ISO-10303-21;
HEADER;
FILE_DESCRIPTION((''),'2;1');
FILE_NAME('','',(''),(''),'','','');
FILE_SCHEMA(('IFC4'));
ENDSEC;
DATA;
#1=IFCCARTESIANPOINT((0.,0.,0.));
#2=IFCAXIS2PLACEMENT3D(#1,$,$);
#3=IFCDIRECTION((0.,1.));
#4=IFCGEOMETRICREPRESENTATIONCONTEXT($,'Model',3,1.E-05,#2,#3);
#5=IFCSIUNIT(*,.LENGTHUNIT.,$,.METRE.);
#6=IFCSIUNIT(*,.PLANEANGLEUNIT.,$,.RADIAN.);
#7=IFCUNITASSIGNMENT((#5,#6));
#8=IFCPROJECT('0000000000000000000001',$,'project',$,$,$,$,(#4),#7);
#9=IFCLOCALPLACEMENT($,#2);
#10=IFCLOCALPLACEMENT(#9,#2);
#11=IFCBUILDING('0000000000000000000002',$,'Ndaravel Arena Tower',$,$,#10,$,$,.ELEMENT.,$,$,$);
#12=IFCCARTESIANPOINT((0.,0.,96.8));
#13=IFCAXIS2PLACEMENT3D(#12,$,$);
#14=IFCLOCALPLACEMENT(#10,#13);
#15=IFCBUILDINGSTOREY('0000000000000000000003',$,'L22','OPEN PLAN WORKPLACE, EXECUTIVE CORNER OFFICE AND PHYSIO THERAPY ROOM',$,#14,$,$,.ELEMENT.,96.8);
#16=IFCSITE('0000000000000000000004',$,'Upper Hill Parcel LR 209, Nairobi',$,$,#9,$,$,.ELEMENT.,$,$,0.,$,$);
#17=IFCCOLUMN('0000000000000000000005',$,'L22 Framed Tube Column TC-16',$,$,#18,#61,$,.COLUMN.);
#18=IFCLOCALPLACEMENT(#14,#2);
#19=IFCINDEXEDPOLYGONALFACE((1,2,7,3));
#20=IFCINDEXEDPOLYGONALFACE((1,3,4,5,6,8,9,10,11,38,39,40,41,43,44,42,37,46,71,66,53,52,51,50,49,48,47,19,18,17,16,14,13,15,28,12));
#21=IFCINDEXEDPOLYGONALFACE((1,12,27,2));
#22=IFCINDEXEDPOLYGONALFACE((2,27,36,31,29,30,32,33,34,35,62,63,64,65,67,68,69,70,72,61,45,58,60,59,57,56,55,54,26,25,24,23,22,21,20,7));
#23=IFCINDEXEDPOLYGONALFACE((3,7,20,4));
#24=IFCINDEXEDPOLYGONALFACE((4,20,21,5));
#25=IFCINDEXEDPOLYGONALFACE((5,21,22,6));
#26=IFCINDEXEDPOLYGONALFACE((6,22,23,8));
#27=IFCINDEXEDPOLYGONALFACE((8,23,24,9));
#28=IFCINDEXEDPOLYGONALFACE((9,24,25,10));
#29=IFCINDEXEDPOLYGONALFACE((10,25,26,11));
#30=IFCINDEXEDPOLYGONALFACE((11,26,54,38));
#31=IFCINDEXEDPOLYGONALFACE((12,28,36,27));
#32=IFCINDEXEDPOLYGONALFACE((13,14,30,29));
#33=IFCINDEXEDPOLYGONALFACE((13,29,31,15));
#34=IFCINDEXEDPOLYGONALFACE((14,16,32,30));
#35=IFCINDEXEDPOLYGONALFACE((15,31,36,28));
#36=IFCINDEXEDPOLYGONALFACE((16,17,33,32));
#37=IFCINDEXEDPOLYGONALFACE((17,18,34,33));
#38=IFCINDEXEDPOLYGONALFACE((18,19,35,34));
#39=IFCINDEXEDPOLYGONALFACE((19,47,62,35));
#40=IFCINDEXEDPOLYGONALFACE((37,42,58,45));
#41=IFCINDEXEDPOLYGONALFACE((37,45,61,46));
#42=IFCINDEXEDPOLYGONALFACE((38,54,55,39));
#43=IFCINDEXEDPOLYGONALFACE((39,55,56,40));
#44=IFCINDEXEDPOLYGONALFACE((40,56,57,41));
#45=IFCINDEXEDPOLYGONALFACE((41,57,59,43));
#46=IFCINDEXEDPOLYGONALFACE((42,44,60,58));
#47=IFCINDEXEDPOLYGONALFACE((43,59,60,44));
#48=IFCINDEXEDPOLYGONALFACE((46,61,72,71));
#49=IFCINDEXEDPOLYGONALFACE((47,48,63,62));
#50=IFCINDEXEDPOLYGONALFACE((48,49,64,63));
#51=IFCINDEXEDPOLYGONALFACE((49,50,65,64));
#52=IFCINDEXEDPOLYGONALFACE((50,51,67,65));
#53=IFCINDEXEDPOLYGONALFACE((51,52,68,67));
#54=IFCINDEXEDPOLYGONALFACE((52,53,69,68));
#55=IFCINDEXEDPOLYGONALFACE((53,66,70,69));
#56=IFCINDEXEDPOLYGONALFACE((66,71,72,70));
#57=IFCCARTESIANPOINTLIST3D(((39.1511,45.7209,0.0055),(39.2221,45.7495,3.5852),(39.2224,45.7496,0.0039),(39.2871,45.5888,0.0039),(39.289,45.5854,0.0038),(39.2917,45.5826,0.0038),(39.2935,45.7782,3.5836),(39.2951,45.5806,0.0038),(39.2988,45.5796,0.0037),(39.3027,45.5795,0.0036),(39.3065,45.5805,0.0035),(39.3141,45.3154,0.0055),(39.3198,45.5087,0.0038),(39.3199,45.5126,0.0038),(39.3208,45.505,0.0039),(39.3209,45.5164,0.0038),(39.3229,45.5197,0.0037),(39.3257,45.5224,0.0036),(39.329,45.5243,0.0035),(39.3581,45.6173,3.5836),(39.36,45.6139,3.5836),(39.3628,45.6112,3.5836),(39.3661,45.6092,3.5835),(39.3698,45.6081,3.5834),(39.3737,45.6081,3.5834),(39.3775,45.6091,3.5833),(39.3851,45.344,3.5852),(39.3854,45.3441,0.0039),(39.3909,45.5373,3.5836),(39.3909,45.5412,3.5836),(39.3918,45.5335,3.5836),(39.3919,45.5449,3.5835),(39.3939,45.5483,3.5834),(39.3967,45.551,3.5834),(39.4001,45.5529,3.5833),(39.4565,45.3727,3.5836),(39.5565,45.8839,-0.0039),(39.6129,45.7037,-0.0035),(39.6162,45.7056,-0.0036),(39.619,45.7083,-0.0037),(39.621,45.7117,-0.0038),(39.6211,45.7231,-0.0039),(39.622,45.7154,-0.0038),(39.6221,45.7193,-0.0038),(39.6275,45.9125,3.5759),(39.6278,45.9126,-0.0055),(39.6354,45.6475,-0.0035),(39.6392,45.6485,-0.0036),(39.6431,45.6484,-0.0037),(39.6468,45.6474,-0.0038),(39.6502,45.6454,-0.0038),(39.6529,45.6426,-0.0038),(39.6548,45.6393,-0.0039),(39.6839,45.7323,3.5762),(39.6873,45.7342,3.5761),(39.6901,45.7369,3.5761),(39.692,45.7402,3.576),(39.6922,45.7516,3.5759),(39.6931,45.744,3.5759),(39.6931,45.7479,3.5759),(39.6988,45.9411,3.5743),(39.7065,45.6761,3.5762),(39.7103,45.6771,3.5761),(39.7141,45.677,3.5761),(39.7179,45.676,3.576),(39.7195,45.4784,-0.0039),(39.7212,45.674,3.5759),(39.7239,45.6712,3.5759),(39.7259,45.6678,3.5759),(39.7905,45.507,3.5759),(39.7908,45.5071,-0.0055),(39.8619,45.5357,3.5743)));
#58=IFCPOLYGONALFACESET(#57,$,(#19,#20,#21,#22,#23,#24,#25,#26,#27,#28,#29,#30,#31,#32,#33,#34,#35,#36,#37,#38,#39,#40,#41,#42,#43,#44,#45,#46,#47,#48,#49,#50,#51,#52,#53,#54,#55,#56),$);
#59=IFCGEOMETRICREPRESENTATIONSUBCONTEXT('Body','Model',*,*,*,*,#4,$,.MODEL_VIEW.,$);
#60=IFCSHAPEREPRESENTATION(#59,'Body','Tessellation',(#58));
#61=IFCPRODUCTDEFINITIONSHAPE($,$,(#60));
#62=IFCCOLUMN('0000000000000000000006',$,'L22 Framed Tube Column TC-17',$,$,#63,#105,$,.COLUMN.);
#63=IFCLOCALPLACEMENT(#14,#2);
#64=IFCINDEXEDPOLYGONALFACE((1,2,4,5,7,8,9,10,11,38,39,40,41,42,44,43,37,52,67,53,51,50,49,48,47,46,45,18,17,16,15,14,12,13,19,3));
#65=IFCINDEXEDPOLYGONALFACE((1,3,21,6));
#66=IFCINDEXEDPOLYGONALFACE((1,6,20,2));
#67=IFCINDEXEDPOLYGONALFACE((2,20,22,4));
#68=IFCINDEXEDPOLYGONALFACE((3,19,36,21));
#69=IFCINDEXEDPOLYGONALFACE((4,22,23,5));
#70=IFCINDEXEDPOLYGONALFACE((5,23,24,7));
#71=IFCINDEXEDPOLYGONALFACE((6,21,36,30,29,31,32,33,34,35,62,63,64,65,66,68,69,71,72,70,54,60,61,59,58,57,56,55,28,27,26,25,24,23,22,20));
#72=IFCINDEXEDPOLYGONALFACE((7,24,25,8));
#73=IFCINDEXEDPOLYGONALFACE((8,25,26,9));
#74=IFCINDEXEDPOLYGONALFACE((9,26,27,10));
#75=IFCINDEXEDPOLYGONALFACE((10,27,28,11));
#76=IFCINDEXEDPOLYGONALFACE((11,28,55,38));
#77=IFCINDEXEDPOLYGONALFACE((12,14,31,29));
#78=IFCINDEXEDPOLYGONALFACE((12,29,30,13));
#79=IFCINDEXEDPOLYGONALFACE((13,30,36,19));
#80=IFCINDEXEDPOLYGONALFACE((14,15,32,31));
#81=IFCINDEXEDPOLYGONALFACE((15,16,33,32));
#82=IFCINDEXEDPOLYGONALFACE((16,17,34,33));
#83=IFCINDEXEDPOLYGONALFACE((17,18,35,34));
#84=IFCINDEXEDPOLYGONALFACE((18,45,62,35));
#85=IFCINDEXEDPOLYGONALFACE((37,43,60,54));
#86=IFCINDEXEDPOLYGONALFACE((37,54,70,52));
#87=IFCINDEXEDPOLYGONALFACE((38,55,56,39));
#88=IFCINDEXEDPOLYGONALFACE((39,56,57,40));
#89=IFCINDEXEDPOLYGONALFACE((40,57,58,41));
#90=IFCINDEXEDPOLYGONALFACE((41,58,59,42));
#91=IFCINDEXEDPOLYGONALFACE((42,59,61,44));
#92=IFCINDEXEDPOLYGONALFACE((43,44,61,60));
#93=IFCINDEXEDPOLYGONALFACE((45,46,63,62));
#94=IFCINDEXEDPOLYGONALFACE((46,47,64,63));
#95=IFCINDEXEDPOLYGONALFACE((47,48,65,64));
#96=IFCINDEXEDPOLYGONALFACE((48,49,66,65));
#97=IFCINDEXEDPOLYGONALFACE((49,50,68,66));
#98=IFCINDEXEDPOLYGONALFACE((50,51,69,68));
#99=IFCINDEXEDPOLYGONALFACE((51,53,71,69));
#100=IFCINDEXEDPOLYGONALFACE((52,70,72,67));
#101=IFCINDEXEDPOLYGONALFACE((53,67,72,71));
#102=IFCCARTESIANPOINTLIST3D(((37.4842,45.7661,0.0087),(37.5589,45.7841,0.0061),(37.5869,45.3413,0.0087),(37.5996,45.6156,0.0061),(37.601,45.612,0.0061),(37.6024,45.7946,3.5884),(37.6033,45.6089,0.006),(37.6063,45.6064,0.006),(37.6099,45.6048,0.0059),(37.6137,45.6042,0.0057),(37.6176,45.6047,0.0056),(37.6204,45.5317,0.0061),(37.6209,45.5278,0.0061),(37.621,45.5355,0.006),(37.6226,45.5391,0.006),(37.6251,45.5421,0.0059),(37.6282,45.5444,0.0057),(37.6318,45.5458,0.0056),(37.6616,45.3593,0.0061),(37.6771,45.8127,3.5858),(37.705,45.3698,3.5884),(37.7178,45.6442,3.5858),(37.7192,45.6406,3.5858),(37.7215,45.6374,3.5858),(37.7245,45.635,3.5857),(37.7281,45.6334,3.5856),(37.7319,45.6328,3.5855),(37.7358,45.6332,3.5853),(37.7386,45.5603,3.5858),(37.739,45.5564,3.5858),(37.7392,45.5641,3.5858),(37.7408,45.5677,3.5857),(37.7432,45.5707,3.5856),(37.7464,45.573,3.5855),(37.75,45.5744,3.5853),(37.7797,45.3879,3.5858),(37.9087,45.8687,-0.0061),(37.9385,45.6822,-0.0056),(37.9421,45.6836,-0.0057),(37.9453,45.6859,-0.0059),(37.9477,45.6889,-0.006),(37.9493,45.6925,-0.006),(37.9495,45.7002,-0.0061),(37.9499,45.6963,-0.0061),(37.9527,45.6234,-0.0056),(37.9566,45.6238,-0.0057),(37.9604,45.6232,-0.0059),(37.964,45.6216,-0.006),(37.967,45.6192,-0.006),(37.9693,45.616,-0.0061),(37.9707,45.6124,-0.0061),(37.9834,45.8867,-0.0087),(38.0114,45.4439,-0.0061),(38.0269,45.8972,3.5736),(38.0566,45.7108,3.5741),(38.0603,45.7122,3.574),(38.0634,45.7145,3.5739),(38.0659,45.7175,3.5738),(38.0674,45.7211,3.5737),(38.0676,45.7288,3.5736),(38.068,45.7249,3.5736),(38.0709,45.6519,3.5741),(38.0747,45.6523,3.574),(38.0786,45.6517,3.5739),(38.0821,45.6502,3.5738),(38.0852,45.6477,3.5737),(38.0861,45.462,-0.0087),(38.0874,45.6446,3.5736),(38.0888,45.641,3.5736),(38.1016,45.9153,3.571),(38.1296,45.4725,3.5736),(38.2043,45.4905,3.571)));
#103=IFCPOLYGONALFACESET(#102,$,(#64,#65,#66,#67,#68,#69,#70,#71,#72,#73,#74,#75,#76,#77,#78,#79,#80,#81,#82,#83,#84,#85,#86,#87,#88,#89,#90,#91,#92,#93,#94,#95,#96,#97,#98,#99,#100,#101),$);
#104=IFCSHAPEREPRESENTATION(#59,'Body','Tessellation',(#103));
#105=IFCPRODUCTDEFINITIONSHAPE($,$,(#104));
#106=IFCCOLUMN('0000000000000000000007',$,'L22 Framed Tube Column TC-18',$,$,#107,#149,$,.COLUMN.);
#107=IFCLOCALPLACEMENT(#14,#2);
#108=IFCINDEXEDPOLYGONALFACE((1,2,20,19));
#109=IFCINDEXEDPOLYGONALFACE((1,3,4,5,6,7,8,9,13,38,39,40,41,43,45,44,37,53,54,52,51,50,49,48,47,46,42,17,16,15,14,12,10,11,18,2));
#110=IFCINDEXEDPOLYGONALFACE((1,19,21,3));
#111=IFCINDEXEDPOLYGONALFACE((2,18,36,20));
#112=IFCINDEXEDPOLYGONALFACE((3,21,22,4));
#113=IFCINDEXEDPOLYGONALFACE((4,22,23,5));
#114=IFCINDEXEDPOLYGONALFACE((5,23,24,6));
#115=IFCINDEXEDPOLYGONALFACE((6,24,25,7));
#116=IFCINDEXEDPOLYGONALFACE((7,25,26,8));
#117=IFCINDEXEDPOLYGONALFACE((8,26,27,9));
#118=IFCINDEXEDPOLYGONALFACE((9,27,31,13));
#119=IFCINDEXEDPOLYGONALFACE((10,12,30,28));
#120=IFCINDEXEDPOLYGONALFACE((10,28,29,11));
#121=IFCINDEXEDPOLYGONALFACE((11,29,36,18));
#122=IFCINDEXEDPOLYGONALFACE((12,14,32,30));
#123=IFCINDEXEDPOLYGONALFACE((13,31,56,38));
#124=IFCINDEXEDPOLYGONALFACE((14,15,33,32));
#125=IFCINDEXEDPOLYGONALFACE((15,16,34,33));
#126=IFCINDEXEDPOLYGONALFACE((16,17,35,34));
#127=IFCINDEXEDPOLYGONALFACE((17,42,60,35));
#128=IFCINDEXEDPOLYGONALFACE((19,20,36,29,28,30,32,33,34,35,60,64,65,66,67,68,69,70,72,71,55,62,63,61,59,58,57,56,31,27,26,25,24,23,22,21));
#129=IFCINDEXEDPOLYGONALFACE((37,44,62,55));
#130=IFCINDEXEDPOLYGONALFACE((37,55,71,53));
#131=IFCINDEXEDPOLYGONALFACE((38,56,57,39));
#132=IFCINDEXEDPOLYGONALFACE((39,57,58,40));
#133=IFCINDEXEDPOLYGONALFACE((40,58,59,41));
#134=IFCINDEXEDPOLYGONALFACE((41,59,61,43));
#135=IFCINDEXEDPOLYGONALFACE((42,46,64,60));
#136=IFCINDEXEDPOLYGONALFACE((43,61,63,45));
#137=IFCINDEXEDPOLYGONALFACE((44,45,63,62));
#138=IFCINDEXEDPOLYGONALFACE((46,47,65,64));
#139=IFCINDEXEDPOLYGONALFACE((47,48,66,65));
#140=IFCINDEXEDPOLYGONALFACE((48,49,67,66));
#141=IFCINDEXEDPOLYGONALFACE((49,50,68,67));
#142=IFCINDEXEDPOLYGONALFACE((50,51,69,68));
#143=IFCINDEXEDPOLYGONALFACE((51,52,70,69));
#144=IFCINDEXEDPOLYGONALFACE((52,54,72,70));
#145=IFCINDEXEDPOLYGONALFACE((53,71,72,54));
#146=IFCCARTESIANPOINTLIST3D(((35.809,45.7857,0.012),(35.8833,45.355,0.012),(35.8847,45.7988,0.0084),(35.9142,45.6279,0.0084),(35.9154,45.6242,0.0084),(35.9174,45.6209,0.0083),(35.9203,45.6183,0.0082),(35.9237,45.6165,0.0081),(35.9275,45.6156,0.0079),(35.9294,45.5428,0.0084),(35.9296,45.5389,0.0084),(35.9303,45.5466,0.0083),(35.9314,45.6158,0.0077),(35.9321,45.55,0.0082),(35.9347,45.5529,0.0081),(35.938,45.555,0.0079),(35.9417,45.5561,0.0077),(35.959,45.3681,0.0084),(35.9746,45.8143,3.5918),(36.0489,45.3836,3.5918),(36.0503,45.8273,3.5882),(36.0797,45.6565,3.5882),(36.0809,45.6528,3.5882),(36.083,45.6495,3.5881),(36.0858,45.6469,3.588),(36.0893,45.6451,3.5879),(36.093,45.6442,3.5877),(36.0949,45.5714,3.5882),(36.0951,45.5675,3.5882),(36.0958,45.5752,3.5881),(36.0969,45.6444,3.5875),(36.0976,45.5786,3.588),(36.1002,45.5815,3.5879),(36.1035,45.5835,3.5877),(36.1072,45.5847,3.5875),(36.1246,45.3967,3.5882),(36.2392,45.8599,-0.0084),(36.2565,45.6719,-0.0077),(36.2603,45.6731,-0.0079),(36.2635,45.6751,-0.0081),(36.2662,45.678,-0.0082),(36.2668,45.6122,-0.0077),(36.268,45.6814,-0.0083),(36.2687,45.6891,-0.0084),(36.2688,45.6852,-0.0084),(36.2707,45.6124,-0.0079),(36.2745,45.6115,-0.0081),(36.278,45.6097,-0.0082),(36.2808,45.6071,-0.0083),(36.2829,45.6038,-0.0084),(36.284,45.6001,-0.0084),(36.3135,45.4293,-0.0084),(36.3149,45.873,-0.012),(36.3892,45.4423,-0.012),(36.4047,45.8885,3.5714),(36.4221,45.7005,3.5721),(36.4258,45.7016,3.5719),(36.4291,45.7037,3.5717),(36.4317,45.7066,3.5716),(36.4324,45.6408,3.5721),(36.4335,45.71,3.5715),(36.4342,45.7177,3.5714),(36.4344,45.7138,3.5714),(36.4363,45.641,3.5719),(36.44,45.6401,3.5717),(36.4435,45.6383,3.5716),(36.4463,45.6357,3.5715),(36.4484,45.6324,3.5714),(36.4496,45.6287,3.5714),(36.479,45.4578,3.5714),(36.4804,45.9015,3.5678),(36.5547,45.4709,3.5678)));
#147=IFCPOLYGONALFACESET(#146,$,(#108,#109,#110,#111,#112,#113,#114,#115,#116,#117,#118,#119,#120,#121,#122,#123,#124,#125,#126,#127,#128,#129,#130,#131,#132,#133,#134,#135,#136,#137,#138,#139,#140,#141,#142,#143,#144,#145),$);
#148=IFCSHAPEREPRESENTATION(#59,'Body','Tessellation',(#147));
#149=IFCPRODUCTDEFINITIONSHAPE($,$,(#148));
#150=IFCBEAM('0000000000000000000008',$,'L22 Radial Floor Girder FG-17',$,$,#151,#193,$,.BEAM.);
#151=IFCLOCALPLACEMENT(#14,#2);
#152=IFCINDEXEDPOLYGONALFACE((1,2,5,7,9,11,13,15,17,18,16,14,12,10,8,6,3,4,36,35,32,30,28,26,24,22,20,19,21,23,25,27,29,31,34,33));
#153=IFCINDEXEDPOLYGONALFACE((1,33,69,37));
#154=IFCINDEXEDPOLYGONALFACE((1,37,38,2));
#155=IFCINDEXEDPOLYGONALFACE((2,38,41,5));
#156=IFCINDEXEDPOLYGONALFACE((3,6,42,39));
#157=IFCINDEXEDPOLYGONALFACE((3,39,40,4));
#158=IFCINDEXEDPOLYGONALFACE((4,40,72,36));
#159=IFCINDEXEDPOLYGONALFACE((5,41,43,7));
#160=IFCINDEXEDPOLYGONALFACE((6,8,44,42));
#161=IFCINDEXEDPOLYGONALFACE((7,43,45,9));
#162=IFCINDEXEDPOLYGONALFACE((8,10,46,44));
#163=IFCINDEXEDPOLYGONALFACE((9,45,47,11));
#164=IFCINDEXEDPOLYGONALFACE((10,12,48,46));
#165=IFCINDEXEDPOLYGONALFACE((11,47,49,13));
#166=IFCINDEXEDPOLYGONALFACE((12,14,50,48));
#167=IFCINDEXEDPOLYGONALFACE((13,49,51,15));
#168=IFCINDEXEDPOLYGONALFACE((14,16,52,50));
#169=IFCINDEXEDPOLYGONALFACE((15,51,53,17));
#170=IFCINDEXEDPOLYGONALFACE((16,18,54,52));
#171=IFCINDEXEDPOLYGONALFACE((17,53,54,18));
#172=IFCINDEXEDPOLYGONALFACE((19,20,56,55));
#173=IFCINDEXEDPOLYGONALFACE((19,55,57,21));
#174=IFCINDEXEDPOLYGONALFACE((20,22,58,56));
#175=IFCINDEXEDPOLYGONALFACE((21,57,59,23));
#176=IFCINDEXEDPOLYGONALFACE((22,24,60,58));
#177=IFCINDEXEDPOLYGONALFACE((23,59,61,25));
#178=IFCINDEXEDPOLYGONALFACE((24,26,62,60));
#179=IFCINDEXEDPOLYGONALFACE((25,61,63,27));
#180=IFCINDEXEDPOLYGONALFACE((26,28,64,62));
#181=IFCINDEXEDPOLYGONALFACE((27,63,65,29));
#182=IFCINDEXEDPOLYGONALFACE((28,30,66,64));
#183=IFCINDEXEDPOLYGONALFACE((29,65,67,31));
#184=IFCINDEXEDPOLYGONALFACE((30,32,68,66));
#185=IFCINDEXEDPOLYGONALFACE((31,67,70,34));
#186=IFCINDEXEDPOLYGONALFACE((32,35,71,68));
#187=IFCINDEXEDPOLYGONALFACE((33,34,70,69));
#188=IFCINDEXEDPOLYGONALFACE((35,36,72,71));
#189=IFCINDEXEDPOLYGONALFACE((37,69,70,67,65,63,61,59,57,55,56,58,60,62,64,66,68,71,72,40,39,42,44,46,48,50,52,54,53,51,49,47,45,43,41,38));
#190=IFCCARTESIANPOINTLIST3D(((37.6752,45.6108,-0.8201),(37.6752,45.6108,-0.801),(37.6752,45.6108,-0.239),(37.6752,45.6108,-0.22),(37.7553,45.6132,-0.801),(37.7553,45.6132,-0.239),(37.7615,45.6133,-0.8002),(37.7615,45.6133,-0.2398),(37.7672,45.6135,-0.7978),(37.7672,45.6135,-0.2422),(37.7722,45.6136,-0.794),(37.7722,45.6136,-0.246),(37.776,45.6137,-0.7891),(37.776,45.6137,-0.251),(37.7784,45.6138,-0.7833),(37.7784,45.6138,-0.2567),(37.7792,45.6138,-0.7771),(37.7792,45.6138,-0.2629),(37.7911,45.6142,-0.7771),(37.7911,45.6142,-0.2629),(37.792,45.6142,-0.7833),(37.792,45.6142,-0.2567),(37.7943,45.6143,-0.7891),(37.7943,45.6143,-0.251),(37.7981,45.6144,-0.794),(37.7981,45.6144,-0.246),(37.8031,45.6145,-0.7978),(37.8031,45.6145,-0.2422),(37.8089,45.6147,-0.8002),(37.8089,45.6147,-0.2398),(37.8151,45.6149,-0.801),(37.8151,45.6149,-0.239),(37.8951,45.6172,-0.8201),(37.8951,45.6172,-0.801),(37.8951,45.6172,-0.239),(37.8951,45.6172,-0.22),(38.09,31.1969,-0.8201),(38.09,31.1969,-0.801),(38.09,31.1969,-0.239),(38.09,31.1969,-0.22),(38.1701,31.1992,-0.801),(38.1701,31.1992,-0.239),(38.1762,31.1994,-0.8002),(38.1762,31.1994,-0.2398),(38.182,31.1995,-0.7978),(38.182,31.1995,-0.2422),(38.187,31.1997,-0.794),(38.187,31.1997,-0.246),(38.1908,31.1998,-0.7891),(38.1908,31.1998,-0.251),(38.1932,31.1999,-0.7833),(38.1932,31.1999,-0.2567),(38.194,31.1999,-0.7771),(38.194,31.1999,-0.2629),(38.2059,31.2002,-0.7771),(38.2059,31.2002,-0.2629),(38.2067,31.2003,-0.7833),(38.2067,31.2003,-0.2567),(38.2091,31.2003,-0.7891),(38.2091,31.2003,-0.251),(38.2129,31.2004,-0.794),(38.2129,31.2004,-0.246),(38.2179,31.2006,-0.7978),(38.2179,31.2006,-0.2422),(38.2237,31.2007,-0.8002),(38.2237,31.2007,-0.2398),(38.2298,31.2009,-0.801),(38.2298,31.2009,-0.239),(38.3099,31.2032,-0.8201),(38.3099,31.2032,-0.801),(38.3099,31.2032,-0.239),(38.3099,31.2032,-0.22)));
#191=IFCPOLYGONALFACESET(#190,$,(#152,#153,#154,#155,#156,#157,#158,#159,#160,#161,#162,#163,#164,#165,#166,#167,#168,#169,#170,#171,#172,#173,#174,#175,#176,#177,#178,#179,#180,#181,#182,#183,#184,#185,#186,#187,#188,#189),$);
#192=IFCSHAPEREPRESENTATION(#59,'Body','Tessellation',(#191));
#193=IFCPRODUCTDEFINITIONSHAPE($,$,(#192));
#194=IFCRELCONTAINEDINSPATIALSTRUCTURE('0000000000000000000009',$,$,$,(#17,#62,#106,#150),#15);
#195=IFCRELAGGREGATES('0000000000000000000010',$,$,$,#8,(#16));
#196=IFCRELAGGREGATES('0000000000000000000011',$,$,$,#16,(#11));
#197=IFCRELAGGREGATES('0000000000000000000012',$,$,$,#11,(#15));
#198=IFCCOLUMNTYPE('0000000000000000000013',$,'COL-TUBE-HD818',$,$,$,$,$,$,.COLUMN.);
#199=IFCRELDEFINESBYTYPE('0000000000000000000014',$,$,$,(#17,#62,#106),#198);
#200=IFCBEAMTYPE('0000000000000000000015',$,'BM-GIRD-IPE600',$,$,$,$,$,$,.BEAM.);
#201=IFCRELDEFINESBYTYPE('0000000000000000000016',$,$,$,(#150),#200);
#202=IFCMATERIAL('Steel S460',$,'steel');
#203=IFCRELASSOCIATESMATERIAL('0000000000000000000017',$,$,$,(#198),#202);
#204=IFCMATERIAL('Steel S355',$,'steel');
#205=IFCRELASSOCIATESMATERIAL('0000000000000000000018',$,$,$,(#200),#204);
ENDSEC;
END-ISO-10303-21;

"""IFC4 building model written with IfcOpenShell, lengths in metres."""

from ifc_helpers import new_model, si_unit, direction, frame, origin, origin_2d, place, context, subcontext, project, spatial, i_section, extrude, material, material_profile, profile_set, type_object, element, save


model = new_model("IFC4")

# Units and contexts
model_context = context("Model", 3, precision=1e-05, world=origin(), true_north=direction((0.0, 1.0)))
body_context = subcontext(model_context, "Body", "Model", "MODEL_VIEW")
ifc_project = project(units=[si_unit("LENGTHUNIT", "METRE"), si_unit("PLANEANGLEUNIT", "RADIAN")], contexts=[model_context])

# Site, building, storey
site_placement = place(None, origin())
site = spatial("IfcSite", under=ifc_project, at=site_placement, Name="Upper Hill Parcel LR 209, Nairobi", CompositionType="ELEMENT", RefElevation=0.0)
building_placement = place(site_placement, origin())
building = spatial("IfcBuilding", under=site, at=building_placement, Name="Ndaravel Arena Tower", CompositionType="ELEMENT")
storey_placement = place(building_placement, frame((0.0, 0.0, 96.8)))
storey = spatial("IfcBuildingStorey", under=building, at=storey_placement, Name="L22", Description="OPEN PLAN WORKPLACE, EXECUTIVE CORNER OFFICE AND PHYSIO THERAPY ROOM", CompositionType="ELEMENT", Elevation=96.8)

# Columns
ifc_material_1 = material(Name="Steel S460", Category="steel")
ifc_material_profile_1 = material_profile(ifc_material_1, i_section(OverallWidth=0.437, OverallDepth=0.5139, WebThickness=0.0605, FlangeThickness=0.0769, FilletRadius=0.0149, at=origin_2d()), Name="HD 400x818")
ifc_profile_set_1 = profile_set([ifc_material_profile_1], Name="Steel S460")
column_type = type_object("IfcColumnType", Name="COL-TUBE-HD818", PredefinedType="COLUMN", material=ifc_profile_set_1)
column_1_placement = place(storey_placement, frame((39.4709, 45.614, 0.0), z_axis=(0.019841, 0.007977, 0.999771), x_axis=(-0.373039, 0.927816, 0.0)))
element("IfcColumn", 1, at=column_1_placement, inside=storey, type_object=column_type, Name="L22 Framed Tube Column TC-16", PredefinedType="COLUMN", context=body_context, shape_type="SweptSolid", body=[
    extrude(i_section(OverallWidth=0.437, OverallDepth=0.5139, WebThickness=0.0605, FlangeThickness=0.0769, FilletRadius=0.0149, at=origin_2d()), origin(), (0.0, 0.0, 1.0), 3.5806),
])
column_2_placement = place(storey_placement, frame((37.7852, 45.614, 0.0), z_axis=(0.032989, 0.007975, 0.999424), x_axis=(-0.234968, 0.972003, 0.0)))
element("IfcColumn", 2, at=column_2_placement, inside=storey, type_object=column_type, Name="L22 Framed Tube Column TC-17", PredefinedType="COLUMN", context=body_context, shape_type="SweptSolid", body=[
    extrude(i_section(OverallWidth=0.437, OverallDepth=0.5139, WebThickness=0.0605, FlangeThickness=0.0769, FilletRadius=0.0149, at=origin_2d()), origin(), (0.0, 0.0, 1.0), 3.5818),
])
column_3_placement = place(storey_placement, frame((36.0991, 45.614, 0.0), z_axis=(0.046188, 0.00797, 0.998901), x_axis=(-0.170053, 0.985435, 0.0)))
element("IfcColumn", 3, at=column_3_placement, inside=storey, type_object=column_type, Name="L22 Framed Tube Column TC-18", PredefinedType="COLUMN", context=body_context, shape_type="SweptSolid", body=[
    extrude(i_section(OverallWidth=0.437, OverallDepth=0.5139, WebThickness=0.0605, FlangeThickness=0.0769, FilletRadius=0.0149, at=origin_2d()), origin(), (0.0, 0.0, 1.0), 3.5837),
])

# Beam
ifc_material_2 = material(Name="Steel S355", Category="steel")
ifc_material_profile_2 = material_profile(ifc_material_2, i_section(OverallWidth=0.22, OverallDepth=0.6001, WebThickness=0.012, FlangeThickness=0.019, FilletRadius=0.0239, at=origin_2d()), Name="IPE 600")
ifc_profile_set_2 = profile_set([ifc_material_profile_2], Name="Steel S355")
beam_type_1 = type_object("IfcBeamType", Name="BM-GIRD-IPE600", PredefinedType="BEAM", material=ifc_profile_set_2)
beam_1_placement = place(storey_placement, frame((37.7852, 45.614, -0.52), z_axis=(0.028765, -0.999586, 0.0), x_axis=(0.999586, 0.028765, 0.0)))
element("IfcBeam", 4, at=beam_1_placement, inside=storey, type_object=beam_type_1, Name="L22 Radial Floor Girder FG-17", PredefinedType="BEAM", context=body_context, shape_type="SweptSolid", body=[
    extrude(i_section(OverallWidth=0.22, OverallDepth=0.6001, WebThickness=0.012, FlangeThickness=0.019, FilletRadius=0.0239, at=origin_2d()), origin(), (0.0, 0.0, 1.0), 14.4199),
])

save(model, "model.ifc")
